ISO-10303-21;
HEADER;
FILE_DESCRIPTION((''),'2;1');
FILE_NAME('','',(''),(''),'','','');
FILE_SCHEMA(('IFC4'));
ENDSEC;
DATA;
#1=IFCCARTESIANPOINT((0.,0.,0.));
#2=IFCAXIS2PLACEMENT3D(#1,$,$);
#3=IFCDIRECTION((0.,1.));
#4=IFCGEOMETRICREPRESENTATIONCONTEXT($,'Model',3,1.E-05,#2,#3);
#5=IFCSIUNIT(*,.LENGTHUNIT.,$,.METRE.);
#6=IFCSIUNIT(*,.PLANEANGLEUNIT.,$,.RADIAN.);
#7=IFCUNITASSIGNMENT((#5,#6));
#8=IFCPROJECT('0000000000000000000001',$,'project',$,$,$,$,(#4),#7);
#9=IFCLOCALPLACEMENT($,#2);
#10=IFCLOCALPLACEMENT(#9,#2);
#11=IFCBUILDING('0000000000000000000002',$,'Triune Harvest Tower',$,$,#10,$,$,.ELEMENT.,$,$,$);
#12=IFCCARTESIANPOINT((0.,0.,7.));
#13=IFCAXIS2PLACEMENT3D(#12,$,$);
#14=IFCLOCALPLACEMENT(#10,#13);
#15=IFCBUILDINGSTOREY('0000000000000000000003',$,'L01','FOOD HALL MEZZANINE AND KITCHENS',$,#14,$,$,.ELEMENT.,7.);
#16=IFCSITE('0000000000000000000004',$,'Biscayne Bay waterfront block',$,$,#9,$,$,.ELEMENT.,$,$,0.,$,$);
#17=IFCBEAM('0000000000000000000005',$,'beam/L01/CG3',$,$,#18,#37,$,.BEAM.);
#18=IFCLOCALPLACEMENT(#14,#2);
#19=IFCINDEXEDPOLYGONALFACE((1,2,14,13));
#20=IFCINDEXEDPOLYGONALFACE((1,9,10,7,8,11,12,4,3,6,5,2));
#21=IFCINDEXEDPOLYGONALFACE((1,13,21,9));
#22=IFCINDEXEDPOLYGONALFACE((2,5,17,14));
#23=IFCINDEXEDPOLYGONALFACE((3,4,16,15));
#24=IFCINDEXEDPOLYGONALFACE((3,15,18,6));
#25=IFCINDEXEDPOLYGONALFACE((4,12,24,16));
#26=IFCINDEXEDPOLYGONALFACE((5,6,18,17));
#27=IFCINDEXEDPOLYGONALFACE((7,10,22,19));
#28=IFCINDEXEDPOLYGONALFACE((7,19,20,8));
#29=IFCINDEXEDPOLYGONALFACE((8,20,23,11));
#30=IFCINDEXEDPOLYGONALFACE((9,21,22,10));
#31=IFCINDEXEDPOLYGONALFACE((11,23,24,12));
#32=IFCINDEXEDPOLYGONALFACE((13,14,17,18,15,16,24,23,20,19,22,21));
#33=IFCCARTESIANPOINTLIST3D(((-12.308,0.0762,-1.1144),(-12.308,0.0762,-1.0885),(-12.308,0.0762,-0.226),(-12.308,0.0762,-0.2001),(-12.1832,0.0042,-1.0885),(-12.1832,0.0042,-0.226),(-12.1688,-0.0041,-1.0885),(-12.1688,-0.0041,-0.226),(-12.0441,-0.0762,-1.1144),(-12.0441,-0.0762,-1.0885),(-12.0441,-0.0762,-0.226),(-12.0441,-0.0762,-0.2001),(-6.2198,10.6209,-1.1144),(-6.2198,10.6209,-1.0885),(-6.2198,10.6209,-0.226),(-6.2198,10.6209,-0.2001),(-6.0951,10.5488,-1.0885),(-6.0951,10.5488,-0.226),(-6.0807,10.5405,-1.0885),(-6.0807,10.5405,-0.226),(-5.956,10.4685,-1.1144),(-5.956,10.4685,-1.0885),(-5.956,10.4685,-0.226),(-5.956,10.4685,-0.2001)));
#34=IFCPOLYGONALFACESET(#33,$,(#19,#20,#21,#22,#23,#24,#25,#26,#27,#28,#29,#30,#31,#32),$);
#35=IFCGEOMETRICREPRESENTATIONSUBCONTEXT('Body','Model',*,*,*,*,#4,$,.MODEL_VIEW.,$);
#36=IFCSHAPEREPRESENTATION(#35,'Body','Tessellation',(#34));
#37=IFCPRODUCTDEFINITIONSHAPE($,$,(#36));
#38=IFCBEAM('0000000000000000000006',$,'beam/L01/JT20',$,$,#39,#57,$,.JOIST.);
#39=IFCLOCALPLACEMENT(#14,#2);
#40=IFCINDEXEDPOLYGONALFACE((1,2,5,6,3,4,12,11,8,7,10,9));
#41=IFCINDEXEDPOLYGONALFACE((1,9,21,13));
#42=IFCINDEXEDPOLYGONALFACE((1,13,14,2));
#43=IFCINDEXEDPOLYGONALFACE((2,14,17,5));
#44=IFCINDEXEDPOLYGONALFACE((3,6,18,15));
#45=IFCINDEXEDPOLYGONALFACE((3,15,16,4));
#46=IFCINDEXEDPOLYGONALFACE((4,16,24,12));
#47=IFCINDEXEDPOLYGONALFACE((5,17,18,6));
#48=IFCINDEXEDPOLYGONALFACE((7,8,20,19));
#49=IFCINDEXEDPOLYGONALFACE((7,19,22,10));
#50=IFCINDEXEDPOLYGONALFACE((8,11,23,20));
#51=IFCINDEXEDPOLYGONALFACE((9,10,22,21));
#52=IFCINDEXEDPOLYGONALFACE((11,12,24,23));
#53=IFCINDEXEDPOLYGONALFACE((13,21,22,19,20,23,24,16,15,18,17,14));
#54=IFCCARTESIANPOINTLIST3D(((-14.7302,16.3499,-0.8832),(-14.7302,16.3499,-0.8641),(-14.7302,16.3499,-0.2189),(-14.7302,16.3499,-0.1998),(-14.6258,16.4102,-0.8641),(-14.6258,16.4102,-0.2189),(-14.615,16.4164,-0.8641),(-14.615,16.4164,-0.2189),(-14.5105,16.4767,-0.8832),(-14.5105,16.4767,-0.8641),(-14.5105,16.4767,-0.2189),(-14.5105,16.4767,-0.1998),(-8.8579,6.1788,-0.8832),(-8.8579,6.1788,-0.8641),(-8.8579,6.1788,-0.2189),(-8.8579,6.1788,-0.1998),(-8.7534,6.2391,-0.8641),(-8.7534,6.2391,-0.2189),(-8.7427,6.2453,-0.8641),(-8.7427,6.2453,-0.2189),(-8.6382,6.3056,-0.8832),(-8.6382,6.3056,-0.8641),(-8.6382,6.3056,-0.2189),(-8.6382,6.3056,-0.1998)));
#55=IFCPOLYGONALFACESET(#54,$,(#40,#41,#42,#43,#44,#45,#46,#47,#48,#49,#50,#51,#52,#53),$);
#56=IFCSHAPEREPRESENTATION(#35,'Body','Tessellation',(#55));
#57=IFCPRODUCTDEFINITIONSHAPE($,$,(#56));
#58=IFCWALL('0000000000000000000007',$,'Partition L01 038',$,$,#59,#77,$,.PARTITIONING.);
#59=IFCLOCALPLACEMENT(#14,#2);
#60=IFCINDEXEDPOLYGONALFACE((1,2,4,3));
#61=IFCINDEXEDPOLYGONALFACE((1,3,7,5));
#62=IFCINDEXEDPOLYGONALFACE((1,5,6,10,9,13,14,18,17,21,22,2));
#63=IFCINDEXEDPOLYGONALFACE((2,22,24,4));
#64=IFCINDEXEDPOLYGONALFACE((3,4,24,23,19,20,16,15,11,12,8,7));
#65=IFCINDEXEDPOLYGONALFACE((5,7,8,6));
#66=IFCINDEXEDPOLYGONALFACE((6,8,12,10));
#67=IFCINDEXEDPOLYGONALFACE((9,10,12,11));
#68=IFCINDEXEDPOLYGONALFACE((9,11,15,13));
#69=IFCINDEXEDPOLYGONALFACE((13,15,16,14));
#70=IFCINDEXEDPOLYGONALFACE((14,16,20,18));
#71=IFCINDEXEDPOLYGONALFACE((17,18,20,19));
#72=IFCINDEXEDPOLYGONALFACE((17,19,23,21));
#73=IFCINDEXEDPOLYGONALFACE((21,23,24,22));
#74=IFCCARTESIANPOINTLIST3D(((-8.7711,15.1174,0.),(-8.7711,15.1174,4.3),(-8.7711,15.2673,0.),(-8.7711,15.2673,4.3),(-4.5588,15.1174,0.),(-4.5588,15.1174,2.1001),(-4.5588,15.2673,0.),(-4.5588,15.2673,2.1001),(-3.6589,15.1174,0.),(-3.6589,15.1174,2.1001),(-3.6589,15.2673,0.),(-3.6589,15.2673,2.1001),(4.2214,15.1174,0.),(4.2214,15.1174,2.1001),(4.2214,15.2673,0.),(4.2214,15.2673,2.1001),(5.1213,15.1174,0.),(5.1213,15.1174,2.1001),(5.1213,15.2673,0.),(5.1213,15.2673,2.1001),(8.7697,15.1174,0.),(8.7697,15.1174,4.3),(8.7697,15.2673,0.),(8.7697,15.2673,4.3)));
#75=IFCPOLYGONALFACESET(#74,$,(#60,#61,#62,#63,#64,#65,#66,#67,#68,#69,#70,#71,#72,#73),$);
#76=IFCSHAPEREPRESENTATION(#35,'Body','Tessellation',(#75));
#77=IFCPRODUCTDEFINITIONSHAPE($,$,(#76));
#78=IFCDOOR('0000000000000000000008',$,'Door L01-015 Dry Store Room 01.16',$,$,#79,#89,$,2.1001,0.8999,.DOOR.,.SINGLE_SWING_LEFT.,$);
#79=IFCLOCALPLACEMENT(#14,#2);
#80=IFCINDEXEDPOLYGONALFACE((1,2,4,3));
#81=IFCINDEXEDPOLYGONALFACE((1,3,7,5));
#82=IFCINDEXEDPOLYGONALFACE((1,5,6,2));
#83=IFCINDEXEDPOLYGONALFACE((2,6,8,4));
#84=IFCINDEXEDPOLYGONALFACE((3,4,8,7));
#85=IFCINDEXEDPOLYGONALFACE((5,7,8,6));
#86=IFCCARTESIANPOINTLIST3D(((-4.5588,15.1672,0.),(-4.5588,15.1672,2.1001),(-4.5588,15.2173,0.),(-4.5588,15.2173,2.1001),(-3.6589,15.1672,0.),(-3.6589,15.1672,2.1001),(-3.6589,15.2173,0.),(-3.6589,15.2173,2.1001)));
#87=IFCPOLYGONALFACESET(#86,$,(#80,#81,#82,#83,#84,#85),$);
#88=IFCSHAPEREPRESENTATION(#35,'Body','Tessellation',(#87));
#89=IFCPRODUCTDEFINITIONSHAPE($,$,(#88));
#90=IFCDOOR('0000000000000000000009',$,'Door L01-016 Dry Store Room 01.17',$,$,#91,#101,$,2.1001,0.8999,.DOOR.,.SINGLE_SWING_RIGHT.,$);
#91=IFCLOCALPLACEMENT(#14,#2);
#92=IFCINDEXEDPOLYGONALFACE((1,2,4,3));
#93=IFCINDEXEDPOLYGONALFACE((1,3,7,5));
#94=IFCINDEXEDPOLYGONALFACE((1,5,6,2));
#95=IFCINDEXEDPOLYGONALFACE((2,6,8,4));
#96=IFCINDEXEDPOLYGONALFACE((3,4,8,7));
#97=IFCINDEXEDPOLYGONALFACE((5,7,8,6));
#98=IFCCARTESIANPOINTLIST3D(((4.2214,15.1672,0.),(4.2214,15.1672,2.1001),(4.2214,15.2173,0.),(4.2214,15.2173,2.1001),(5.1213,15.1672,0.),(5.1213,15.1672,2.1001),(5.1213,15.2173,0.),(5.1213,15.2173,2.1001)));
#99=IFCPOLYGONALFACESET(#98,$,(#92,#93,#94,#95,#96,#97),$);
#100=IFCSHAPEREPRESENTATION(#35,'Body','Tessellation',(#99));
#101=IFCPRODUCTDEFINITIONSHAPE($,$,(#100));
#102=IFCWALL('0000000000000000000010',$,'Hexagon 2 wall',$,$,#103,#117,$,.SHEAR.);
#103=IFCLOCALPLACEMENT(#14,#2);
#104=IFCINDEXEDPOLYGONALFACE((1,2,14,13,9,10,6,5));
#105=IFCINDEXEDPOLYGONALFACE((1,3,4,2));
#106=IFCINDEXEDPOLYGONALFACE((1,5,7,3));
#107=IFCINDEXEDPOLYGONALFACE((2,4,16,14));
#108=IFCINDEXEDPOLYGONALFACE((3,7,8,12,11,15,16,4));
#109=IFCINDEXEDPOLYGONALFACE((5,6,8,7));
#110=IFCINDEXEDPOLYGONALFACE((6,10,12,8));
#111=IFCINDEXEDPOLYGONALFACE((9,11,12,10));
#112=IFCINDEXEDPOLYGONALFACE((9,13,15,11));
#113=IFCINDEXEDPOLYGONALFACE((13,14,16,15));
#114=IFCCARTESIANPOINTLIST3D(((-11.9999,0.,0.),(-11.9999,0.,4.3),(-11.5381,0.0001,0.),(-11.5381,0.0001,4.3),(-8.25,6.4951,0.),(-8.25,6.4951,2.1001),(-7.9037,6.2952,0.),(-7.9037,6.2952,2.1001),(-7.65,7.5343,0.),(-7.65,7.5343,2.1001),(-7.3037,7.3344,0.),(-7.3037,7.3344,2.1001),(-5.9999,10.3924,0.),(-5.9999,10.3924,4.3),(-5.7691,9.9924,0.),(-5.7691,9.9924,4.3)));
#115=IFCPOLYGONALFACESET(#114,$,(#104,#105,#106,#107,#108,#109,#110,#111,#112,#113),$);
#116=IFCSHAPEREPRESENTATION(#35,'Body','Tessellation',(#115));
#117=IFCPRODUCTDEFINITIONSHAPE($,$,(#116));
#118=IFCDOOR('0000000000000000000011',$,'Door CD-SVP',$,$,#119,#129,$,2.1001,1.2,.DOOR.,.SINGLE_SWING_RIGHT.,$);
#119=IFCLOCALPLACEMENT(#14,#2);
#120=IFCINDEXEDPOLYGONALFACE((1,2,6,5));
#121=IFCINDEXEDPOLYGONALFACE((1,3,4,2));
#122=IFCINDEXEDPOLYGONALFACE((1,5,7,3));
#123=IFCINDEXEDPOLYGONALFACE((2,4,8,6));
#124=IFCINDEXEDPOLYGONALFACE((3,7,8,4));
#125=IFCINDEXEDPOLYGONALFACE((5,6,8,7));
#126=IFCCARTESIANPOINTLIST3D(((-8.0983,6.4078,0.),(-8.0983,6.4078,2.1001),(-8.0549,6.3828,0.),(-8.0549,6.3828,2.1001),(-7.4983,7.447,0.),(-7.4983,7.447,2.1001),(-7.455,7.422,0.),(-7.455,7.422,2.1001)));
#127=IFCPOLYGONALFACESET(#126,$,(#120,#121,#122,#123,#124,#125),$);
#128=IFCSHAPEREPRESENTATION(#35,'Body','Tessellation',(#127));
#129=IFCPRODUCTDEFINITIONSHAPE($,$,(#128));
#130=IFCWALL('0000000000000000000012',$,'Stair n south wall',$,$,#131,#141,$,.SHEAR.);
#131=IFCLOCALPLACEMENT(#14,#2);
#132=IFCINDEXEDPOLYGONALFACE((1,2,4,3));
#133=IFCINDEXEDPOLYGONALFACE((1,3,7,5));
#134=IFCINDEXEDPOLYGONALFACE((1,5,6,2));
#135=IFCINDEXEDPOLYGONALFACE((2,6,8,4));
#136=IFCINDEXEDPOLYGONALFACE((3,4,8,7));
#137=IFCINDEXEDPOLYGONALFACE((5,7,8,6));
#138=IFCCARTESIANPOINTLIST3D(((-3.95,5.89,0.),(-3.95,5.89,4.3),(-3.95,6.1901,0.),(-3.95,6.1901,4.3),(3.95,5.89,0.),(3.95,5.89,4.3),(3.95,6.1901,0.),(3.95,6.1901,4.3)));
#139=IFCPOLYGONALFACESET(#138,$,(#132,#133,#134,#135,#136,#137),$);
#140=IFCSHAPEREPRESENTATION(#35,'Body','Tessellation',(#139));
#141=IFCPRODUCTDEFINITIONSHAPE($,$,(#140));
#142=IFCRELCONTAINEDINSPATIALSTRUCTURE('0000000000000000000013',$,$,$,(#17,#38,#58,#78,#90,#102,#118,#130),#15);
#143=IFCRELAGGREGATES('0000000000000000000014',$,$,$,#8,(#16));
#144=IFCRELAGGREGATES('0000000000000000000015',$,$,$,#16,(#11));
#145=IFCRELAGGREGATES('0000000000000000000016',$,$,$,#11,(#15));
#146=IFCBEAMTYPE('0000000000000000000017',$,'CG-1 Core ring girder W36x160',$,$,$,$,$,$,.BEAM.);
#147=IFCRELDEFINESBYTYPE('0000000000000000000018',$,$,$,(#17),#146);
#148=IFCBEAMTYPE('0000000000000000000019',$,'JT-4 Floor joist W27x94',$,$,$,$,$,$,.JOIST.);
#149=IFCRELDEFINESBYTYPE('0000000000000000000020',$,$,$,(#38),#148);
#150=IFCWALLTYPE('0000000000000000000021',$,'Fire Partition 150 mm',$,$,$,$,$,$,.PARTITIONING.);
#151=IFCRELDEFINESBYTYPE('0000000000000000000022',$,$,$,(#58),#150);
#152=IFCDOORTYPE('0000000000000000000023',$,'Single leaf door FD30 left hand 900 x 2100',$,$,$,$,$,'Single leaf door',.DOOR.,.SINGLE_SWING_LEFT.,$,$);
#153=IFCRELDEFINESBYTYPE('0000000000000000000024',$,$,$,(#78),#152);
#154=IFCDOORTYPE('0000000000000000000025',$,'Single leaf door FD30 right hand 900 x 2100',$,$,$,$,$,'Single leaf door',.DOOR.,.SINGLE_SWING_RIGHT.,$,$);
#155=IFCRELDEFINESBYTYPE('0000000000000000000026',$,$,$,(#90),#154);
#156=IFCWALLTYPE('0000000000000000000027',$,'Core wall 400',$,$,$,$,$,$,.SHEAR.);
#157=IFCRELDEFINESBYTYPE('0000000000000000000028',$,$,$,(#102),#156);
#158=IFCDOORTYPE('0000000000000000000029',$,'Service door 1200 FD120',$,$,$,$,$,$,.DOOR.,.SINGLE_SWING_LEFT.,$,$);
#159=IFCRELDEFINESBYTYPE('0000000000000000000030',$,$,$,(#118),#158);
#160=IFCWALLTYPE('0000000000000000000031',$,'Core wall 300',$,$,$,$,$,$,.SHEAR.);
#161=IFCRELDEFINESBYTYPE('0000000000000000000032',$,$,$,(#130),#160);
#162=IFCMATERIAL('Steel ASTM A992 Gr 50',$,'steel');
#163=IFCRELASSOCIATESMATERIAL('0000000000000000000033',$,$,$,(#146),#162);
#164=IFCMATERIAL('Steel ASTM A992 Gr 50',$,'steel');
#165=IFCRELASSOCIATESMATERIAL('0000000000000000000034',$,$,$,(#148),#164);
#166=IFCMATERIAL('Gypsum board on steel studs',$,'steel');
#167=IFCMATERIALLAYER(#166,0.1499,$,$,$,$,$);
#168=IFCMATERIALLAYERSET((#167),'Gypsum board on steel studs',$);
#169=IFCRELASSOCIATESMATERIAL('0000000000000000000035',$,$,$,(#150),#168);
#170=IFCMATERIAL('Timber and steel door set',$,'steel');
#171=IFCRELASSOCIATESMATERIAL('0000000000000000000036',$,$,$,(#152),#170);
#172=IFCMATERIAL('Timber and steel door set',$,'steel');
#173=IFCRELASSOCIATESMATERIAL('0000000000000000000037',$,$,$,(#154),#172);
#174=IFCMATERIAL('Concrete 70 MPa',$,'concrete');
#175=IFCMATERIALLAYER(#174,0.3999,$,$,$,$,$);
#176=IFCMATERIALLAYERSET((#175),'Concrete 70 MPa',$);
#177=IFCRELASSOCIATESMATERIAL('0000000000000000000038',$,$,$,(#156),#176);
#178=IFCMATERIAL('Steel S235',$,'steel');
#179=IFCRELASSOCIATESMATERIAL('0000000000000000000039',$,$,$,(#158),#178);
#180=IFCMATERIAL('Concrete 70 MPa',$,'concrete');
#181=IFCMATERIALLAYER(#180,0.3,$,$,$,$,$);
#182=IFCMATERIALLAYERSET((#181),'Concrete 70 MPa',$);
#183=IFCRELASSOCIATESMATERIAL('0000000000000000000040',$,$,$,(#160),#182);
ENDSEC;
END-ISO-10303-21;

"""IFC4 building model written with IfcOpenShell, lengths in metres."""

from ifc_helpers import new_model, si_unit, direction, frame, frame_2d, origin, origin_2d, place, context, subcontext, project, spatial, polyline, rectangle, i_section, outline, extrude, source, transform, mapped, material, layer, layer_set, material_profile, profile_set, type_object, element, fill, save


model = new_model("IFC4")

# Units and contexts
model_context = context("Model", 3, precision=1e-05, world=origin(), true_north=direction((0.0, 1.0)))
body_context = subcontext(model_context, "Body", "Model", "MODEL_VIEW")
ifc_project = project(units=[si_unit("LENGTHUNIT", "METRE"), si_unit("PLANEANGLEUNIT", "RADIAN")], contexts=[model_context])

# Site, building, storey
site_placement = place(None, origin())
site = spatial("IfcSite", under=ifc_project, at=site_placement, Name="Biscayne Bay waterfront block", CompositionType="ELEMENT", RefElevation=0.0)
building_placement = place(site_placement, origin())
building = spatial("IfcBuilding", under=site, at=building_placement, Name="Triune Harvest Tower", CompositionType="ELEMENT")
storey_placement = place(building_placement, frame((0.0, 0.0, 7.0)))
storey = spatial("IfcBuildingStorey", under=building, at=storey_placement, Name="L01", Description="FOOD HALL MEZZANINE AND KITCHENS", CompositionType="ELEMENT", Elevation=7.0)

# Beams
ifc_material_1 = material(Name="Steel ASTM A992 Gr 50", Category="steel")
ifc_material_profile_1 = material_profile(ifc_material_1, i_section(OverallWidth=0.3047, OverallDepth=0.9143, WebThickness=0.0166, FlangeThickness=0.0259, at=origin_2d()), Name="W36x160")
ifc_profile_set_1 = profile_set([ifc_material_profile_1], Name="Steel ASTM A992 Gr 50")
beam_type_1 = type_object("IfcBeamType", Name="CG-1 Core ring girder W36x160", PredefinedType="BEAM", material=ifc_profile_set_1)
shared_shape_1 = source(origin(), body_context, "Body", "SweptSolid", [
    extrude(i_section(OverallWidth=0.3047, OverallDepth=0.9143, WebThickness=0.0166, FlangeThickness=0.0259, at=origin_2d()), origin(), (0.0, 0.0, 1.0), 12.176),
])
beam_1_placement = place(storey_placement, frame((-6.0879, 10.5447, -0.6572), z_axis=(-0.50001, -0.86602, 0.0), x_axis=(0.86602, -0.50001, 0.0)))
element("IfcBeam", 1, at=beam_1_placement, inside=storey, type_object=beam_type_1, Name="beam/L01/CG3", PredefinedType="BEAM", context=body_context, shape_type="MappedRepresentation", body=[
    mapped(shared_shape_1, transform((0.0, 0.0, 0.0), scale=1.0)),
])
ifc_material_2 = material(Name="Steel ASTM A992 Gr 50", Category="steel")
ifc_material_profile_2 = material_profile(ifc_material_2, i_section(OverallWidth=0.2537, OverallDepth=0.6833, WebThickness=0.0125, FlangeThickness=0.019, at=origin_2d()), Name="W27x94")
ifc_profile_set_2 = profile_set([ifc_material_profile_2], Name="Steel ASTM A992 Gr 50")
beam_type_2 = type_object("IfcBeamType", Name="JT-4 Floor joist W27x94", PredefinedType="JOIST", material=ifc_profile_set_2)
shared_shape_2 = source(origin(), body_context, "Body", "SweptSolid", [
    extrude(i_section(OverallWidth=0.2537, OverallDepth=0.6833, WebThickness=0.0125, FlangeThickness=0.019, at=origin_2d()), origin(), (0.0, 0.0, 1.0), 11.7446),
])
beam_2_placement = place(storey_placement, frame((-14.6204, 16.4133, -0.5415), z_axis=(0.5, -0.866025, 0.0), x_axis=(0.866025, 0.5, 0.0)))
element("IfcBeam", 2, at=beam_2_placement, inside=storey, type_object=beam_type_2, Name="beam/L01/JT20", PredefinedType="JOIST", context=body_context, shape_type="MappedRepresentation", body=[
    mapped(shared_shape_2, transform((0.0, 0.0, 0.0), scale=1.0)),
])

# Wall, openings, doors
ifc_material_3 = material(Name="Gypsum board on steel studs", Category="steel")
ifc_layer_1 = layer(ifc_material_3, 0.1499)
ifc_layer_set_1 = layer_set([ifc_layer_1], Name="Gypsum board on steel studs")
wall_type_1 = type_object("IfcWallType", Name="Fire Partition 150 mm", PredefinedType="PARTITIONING", material=ifc_layer_set_1)
wall_1_placement = place(storey_placement, frame((-8.7712, 15.1924, 0.0), z_axis=(0.0, 0.0, 1.0), x_axis=(1.0, 0.0, 0.0)))
wall_1 = element("IfcWall", 3, at=wall_1_placement, inside=storey, type_object=wall_type_1, Name="Partition L01 038", PredefinedType="PARTITIONING", context=body_context, shape_type="SweptSolid", body=[
    extrude(rectangle(XDim=17.5408, YDim=0.1499, at=frame_2d((8.7705, 0.0))), origin(), (0.0, 0.0, 1.0), 4.3),
])
opening_1_placement = place(wall_1_placement, frame((4.2124, 0.0, 0.0)))
opening_1 = element("IfcOpeningElement", 4, at=opening_1_placement, cuts=wall_1, PredefinedType="OPENING", context=body_context, shape_type="SweptSolid", body=[
    extrude(rectangle(XDim=0.8999, YDim=2.1001, at=frame_2d((0.45, 1.05))), frame((0.0, 0.085, 0.0), z_axis=(0.0, -1.0, 0.0), x_axis=(1.0, 0.0, 0.0)), (0.0, 0.0, 1.0), 0.1699),
])
opening_2_placement = place(wall_1_placement, frame((12.9927, 0.0, 0.0)))
opening_2 = element("IfcOpeningElement", 5, at=opening_2_placement, cuts=wall_1, PredefinedType="OPENING", context=body_context, shape_type="SweptSolid", body=[
    extrude(rectangle(XDim=0.8999, YDim=2.1001, at=frame_2d((0.45, 1.05))), frame((0.0, 0.085, 0.0), z_axis=(0.0, -1.0, 0.0), x_axis=(1.0, 0.0, 0.0)), (0.0, 0.0, 1.0), 0.1699),
])
ifc_material_4 = material(Name="Timber and steel door set", Category="steel")
door_type_1 = type_object("IfcDoorType", Name="Single leaf door FD30 left hand 900 x 2100", ElementType="Single leaf door", OperationType="SINGLE_SWING_LEFT", PredefinedType="DOOR", material=ifc_material_4)
door_1_placement = place(opening_1_placement, origin())
door_1 = element("IfcDoor", 6, at=door_1_placement, inside=storey, type_object=door_type_1, Name="Door L01-015 Dry Store Room 01.16", OperationType="SINGLE_SWING_LEFT", OverallHeight=2.1001, OverallWidth=0.8999, PredefinedType="DOOR", context=body_context, shape_type="SweptSolid", body=[
    extrude(rectangle(XDim=0.8999, YDim=2.1001, at=frame_2d((0.45, 1.05))), frame((0.0, 0.0249, 0.0), z_axis=(0.0, -1.0, 0.0), x_axis=(1.0, 0.0, 0.0)), (0.0, 0.0, 1.0), 0.05),
])
fill(opening_1, door_1)
ifc_material_5 = material(Name="Timber and steel door set", Category="steel")
door_type_2 = type_object("IfcDoorType", Name="Single leaf door FD30 right hand 900 x 2100", ElementType="Single leaf door", OperationType="SINGLE_SWING_RIGHT", PredefinedType="DOOR", material=ifc_material_5)
door_2_placement = place(opening_2_placement, origin())
door_2 = element("IfcDoor", 7, at=door_2_placement, inside=storey, type_object=door_type_2, Name="Door L01-016 Dry Store Room 01.17", OperationType="SINGLE_SWING_RIGHT", OverallHeight=2.1001, OverallWidth=0.8999, PredefinedType="DOOR", context=body_context, shape_type="SweptSolid", body=[
    extrude(rectangle(XDim=0.8999, YDim=2.1001, at=frame_2d((0.45, 1.05))), frame((0.0, 0.0249, 0.0), z_axis=(0.0, -1.0, 0.0), x_axis=(1.0, 0.0, 0.0)), (0.0, 0.0, 1.0), 0.05),
])
fill(opening_2, door_2)

# Wall, opening, door
ifc_material_6 = material(Name="Concrete 70 MPa", Category="concrete")
ifc_layer_2 = layer(ifc_material_6, 0.3999)
ifc_layer_set_2 = layer_set([ifc_layer_2], Name="Concrete 70 MPa")
wall_type_2 = type_object("IfcWallType", Name="Core wall 400", PredefinedType="SHEAR", material=ifc_layer_set_2)
shared_shape_3 = source(origin(), body_context, "Body", "SweptSolid", [
    extrude(outline(polyline([(-0.1155, -0.2), (11.8845, -0.2), (11.6536, 0.2), (0.1155, 0.2), (-0.1155, -0.2)])), origin(), (0.0, 0.0, 1.0), 4.3),
])
wall_2_placement = place(storey_placement, frame((-5.8845, 10.1924, 0.0), z_axis=(0.0, 0.0, 1.0), x_axis=(-0.499997, -0.866027, 0.0)))
wall_2 = element("IfcWall", 8, at=wall_2_placement, inside=storey, type_object=wall_type_2, Name="Hexagon 2 wall", PredefinedType="SHEAR", context=body_context, shape_type="MappedRepresentation", body=[
    mapped(shared_shape_3, transform((0.0, 0.0, 0.0), scale=1.0)),
])
opening_3_placement = place(wall_2_placement, frame((3.1846, 0.0, 0.0)))
opening_3 = element("IfcOpeningElement", 9, at=opening_3_placement, cuts=wall_2, PredefinedType="OPENING", context=body_context, shape_type="SweptSolid", body=[
    extrude(rectangle(XDim=1.2, YDim=2.1001, at=frame_2d((0.6001, 1.05))), frame((0.0, 0.21, 0.0), z_axis=(0.0, -1.0, 0.0), x_axis=(1.0, 0.0, 0.0)), (0.0, 0.0, 1.0), 0.4199),
])
ifc_material_7 = material(Name="Steel S235", Category="steel")
door_type_3 = type_object("IfcDoorType", Name="Service door 1200 FD120", OperationType="SINGLE_SWING_LEFT", PredefinedType="DOOR", material=ifc_material_7)
door_3_placement = place(opening_3_placement, frame((1.2, 0.0, 0.0), z_axis=(0.0, 0.0, 1.0), x_axis=(-1.0, 0.0, 0.0)))
door_3 = element("IfcDoor", 10, at=door_3_placement, inside=storey, type_object=door_type_3, Name="Door CD-SVP", OperationType="SINGLE_SWING_RIGHT", OverallHeight=2.1001, OverallWidth=1.2, PredefinedType="DOOR", context=body_context, shape_type="SweptSolid", body=[
    extrude(rectangle(XDim=1.2, YDim=2.1001, at=frame_2d((0.6001, 1.05))), frame((0.0, 0.0249, 0.0), z_axis=(0.0, -1.0, 0.0), x_axis=(1.0, 0.0, 0.0)), (0.0, 0.0, 1.0), 0.05),
])
fill(opening_3, door_3)

# Wall
ifc_material_8 = material(Name="Concrete 70 MPa", Category="concrete")
ifc_layer_3 = layer(ifc_material_8, 0.3)
ifc_layer_set_3 = layer_set([ifc_layer_3], Name="Concrete 70 MPa")
wall_type_3 = type_object("IfcWallType", Name="Core wall 300", PredefinedType="SHEAR", material=ifc_layer_set_3)
shared_shape_4 = source(origin(), body_context, "Body", "SweptSolid", [
    extrude(rectangle(XDim=7.8999, YDim=0.3, at=frame_2d((3.95, 0.0))), origin(), (0.0, 0.0, 1.0), 4.3),
])
wall_3_placement = place(storey_placement, frame((-3.95, 6.04, 0.0), z_axis=(0.0, 0.0, 1.0), x_axis=(1.0, 0.0, 0.0)))
element("IfcWall", 11, at=wall_3_placement, inside=storey, type_object=wall_type_3, Name="Stair n south wall", PredefinedType="SHEAR", context=body_context, shape_type="MappedRepresentation", body=[
    mapped(shared_shape_4, transform((0.0, 0.0, 0.0), scale=1.0)),
])

save(model, "model.ifc")
